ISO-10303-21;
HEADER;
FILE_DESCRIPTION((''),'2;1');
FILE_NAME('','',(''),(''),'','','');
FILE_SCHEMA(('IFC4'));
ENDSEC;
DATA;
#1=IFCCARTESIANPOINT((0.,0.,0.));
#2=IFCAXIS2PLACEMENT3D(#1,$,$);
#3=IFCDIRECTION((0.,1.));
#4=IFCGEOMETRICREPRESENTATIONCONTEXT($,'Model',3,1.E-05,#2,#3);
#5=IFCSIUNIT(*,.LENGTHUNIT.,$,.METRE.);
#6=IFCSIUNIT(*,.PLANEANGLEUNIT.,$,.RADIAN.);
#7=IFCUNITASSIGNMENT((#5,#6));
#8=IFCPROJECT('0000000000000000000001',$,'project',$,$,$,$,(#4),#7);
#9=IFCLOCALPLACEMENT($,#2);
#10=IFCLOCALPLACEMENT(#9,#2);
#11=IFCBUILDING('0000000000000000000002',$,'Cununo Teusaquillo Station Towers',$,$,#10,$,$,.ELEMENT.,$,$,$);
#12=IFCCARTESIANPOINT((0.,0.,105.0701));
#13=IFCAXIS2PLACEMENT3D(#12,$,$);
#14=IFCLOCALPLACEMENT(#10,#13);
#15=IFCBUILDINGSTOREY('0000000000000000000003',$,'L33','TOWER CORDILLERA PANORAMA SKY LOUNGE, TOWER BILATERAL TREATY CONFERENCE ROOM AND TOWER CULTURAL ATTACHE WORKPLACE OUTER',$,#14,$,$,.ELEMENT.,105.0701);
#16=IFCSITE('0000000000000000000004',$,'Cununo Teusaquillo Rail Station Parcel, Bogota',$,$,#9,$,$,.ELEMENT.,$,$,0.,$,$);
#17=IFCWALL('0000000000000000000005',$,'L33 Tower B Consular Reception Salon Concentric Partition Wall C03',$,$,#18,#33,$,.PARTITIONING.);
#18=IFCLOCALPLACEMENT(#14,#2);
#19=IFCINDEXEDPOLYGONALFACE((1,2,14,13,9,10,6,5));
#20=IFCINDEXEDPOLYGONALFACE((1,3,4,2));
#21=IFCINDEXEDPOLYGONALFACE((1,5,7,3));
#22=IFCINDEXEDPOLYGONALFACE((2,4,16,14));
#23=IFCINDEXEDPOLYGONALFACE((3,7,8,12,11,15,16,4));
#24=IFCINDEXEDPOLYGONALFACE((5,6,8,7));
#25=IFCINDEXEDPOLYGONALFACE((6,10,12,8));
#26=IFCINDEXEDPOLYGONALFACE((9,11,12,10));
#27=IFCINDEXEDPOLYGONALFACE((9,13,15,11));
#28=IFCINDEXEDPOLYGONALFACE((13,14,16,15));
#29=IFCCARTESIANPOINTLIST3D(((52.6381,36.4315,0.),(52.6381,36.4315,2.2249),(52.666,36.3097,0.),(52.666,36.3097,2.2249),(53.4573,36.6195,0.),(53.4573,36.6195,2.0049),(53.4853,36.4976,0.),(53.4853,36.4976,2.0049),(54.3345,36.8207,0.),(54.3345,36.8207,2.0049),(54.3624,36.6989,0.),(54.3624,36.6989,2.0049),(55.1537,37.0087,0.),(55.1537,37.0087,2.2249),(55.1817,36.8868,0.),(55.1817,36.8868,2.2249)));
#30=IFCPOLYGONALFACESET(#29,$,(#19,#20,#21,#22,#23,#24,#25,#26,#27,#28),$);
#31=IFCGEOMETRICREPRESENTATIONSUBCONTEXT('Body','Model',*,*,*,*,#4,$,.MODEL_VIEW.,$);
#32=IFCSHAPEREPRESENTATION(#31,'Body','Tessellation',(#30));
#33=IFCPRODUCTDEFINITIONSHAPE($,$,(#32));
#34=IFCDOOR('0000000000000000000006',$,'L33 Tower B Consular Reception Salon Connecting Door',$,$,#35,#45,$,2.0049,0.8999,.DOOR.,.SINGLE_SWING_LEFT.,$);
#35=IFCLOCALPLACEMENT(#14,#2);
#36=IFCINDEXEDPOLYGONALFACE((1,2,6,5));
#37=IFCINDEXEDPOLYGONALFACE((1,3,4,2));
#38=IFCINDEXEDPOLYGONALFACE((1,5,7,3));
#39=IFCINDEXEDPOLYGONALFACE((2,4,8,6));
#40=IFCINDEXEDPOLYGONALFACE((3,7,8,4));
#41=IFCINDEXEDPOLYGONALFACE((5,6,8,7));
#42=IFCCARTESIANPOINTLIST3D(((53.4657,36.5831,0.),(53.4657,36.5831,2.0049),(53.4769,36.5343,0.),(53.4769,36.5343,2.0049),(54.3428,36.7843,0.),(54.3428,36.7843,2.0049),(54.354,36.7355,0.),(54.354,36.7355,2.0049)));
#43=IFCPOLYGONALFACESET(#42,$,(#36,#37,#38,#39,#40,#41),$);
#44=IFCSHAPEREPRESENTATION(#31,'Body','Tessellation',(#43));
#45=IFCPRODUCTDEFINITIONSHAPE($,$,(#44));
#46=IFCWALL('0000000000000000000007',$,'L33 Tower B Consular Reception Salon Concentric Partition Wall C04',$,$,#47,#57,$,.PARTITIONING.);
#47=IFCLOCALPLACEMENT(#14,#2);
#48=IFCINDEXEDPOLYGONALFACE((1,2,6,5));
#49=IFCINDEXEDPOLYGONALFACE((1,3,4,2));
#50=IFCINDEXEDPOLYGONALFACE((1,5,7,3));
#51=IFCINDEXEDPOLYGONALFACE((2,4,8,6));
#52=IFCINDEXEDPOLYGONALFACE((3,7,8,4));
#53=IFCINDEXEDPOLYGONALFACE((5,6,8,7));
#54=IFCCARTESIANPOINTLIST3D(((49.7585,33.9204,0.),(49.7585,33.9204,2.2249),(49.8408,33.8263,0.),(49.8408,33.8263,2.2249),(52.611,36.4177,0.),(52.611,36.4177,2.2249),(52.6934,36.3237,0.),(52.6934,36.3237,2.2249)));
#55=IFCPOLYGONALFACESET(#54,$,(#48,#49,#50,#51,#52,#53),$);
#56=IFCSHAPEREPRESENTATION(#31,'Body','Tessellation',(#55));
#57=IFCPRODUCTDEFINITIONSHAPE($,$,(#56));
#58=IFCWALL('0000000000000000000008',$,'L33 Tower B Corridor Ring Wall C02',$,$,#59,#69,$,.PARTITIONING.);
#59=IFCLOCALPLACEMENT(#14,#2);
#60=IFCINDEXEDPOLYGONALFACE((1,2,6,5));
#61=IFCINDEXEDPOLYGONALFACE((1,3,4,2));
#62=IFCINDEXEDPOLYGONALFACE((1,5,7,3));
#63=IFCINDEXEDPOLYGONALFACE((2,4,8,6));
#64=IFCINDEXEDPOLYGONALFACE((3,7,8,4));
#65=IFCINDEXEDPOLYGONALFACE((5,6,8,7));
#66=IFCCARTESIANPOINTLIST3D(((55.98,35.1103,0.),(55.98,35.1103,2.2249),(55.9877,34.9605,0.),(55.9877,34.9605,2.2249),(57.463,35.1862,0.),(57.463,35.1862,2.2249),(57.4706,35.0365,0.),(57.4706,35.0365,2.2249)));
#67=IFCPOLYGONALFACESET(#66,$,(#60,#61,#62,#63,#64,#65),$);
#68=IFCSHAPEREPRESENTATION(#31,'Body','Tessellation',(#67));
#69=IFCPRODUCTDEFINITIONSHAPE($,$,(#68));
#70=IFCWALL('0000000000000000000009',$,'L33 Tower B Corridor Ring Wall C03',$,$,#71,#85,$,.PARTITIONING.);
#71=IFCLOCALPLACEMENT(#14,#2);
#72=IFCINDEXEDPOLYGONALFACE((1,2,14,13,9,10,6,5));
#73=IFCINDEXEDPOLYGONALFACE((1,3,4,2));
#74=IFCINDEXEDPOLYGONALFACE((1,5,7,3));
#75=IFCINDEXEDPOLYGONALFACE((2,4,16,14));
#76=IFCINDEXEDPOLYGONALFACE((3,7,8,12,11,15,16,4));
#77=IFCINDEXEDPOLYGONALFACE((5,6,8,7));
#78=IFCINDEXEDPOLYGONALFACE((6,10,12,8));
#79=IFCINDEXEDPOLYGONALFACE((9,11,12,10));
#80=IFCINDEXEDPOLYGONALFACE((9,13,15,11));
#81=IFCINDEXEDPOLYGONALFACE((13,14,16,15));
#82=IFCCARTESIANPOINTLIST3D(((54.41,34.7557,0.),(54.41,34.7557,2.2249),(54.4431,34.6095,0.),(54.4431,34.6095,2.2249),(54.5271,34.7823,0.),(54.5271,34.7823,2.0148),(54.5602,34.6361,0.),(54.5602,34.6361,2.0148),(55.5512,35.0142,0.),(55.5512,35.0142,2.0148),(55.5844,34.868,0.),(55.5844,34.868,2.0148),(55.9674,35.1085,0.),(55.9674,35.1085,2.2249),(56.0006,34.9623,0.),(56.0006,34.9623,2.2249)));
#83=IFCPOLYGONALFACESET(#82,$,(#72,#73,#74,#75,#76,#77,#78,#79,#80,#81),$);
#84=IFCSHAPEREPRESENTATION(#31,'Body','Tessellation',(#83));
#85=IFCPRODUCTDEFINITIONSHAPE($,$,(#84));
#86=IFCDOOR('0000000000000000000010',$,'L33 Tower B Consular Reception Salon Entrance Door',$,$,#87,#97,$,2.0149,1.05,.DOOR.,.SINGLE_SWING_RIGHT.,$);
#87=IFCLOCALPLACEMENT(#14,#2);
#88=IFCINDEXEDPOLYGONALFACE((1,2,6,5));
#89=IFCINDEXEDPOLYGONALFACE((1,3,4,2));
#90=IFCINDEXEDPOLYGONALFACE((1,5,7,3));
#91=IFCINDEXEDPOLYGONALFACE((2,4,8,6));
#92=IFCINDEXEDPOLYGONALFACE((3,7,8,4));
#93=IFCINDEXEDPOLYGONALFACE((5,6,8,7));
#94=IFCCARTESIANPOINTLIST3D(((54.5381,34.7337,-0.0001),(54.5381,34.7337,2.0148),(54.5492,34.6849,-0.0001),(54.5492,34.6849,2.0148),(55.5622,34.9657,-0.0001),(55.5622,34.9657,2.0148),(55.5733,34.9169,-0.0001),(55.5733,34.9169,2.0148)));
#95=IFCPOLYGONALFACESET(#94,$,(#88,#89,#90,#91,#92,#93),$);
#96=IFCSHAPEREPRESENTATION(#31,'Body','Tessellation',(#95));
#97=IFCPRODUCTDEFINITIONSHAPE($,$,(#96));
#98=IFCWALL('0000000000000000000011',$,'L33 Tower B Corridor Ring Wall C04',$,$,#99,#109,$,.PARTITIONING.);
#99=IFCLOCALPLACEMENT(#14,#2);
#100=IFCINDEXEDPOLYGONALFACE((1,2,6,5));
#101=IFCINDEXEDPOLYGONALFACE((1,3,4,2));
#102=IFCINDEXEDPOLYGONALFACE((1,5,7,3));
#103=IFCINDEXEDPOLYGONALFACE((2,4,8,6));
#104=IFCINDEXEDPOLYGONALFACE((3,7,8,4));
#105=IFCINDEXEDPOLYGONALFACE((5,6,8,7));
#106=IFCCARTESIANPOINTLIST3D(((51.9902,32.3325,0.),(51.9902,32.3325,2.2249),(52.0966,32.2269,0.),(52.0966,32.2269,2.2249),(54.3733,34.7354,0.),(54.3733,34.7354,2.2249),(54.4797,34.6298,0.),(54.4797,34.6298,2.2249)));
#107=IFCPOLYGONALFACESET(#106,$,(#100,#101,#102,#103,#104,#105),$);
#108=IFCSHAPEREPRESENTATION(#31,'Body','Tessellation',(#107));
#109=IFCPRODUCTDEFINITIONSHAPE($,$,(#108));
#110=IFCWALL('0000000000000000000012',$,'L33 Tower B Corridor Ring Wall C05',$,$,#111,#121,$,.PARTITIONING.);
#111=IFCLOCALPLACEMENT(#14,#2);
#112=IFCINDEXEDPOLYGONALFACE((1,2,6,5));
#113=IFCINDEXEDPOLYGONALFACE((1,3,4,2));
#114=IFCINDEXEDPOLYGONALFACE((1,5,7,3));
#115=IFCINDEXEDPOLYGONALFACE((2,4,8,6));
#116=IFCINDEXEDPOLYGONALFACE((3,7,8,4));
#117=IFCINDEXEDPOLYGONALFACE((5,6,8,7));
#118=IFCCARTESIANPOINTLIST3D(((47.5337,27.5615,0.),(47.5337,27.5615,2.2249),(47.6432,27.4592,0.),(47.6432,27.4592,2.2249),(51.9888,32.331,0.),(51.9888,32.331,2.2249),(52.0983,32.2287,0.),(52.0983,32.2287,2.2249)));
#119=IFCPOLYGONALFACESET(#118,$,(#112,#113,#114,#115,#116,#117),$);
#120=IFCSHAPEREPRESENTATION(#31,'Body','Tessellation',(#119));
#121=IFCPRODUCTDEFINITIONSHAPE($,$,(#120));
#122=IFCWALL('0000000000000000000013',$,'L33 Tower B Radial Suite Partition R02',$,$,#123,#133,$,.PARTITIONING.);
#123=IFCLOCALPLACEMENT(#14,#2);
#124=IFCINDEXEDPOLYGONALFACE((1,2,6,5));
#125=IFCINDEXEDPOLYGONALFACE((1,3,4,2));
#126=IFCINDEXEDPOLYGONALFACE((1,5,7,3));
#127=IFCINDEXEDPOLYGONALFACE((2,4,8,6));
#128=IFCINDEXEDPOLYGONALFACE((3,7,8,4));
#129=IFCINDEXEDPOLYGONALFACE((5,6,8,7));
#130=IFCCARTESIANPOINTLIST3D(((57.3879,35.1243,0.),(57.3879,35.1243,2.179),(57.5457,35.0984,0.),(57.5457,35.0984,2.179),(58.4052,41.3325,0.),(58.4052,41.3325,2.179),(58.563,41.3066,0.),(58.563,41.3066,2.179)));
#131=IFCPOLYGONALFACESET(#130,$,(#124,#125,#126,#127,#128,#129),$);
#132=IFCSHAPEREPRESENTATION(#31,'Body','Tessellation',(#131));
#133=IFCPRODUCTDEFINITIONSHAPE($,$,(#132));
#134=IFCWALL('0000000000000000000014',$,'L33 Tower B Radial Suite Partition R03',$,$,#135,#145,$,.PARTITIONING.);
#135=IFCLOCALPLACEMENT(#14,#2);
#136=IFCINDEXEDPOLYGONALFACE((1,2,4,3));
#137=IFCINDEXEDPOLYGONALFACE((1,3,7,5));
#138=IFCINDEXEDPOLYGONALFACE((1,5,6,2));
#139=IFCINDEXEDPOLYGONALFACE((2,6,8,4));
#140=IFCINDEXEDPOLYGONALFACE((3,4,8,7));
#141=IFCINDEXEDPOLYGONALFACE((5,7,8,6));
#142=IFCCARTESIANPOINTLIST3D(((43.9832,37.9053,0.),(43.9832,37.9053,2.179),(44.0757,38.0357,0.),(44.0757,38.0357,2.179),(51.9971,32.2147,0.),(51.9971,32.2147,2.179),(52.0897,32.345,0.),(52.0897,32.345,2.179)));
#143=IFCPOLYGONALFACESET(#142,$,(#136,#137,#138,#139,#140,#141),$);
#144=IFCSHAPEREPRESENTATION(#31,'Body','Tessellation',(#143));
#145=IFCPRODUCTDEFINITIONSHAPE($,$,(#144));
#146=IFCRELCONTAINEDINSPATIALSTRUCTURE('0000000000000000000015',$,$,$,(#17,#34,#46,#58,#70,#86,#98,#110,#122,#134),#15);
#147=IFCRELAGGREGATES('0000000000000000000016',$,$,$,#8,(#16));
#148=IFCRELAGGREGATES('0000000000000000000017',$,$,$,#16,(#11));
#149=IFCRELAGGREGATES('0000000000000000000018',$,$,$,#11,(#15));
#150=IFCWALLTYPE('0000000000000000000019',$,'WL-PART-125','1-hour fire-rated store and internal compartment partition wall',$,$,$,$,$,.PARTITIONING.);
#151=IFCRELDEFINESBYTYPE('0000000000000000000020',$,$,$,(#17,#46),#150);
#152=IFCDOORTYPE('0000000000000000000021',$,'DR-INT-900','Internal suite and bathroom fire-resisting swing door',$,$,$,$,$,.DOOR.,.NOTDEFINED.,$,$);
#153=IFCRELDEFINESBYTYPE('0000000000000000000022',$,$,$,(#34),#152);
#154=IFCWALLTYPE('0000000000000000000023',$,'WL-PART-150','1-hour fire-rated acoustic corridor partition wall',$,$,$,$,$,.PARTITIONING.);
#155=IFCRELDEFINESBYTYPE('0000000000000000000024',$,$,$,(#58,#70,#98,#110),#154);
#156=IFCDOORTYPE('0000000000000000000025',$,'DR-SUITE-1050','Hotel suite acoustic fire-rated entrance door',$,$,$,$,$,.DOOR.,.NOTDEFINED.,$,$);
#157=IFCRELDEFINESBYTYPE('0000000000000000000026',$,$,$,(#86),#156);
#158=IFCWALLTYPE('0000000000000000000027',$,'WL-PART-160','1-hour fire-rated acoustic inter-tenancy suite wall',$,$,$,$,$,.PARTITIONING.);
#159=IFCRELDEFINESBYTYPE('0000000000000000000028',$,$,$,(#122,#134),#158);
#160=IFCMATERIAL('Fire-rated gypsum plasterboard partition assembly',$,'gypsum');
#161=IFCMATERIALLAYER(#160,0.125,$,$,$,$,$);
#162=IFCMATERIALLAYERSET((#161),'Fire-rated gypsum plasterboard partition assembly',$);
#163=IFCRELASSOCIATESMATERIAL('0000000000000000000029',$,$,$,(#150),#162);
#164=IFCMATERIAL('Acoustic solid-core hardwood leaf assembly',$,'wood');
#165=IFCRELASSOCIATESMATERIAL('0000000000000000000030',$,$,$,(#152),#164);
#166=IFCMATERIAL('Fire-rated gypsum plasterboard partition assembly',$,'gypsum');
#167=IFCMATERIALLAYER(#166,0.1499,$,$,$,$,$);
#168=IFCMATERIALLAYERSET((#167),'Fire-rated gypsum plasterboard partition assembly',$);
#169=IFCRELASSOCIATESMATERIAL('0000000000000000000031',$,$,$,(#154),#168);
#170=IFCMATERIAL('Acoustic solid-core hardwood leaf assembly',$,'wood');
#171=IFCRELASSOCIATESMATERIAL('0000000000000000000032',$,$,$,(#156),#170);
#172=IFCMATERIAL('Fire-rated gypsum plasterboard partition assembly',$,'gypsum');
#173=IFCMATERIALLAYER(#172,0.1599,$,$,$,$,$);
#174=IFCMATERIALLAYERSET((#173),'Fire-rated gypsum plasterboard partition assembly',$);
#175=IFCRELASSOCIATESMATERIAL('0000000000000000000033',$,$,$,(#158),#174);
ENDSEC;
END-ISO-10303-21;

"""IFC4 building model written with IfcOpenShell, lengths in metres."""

from ifc_helpers import new_model, si_unit, direction, frame, frame_2d, origin, place, context, subcontext, project, spatial, rectangle, extrude, source, transform, mapped, material, layer, layer_set, type_object, element, fill, save


model = new_model("IFC4")

# Units and contexts
model_context = context("Model", 3, precision=1e-05, world=origin(), true_north=direction((0.0, 1.0)))
body_context = subcontext(model_context, "Body", "Model", "MODEL_VIEW")
ifc_project = project(units=[si_unit("LENGTHUNIT", "METRE"), si_unit("PLANEANGLEUNIT", "RADIAN")], contexts=[model_context])

# Site, building, storey
site_placement = place(None, origin())
site = spatial("IfcSite", under=ifc_project, at=site_placement, Name="Cununo Teusaquillo Rail Station Parcel, Bogota", CompositionType="ELEMENT", RefElevation=0.0)
building_placement = place(site_placement, origin())
building = spatial("IfcBuilding", under=site, at=building_placement, Name="Cununo Teusaquillo Station Towers", CompositionType="ELEMENT")
storey_placement = place(building_placement, frame((0.0, 0.0, 105.0701)))
storey = spatial("IfcBuildingStorey", under=building, at=storey_placement, Name="L33", Description="TOWER CORDILLERA PANORAMA SKY LOUNGE, TOWER BILATERAL TREATY CONFERENCE ROOM AND TOWER CULTURAL ATTACHE WORKPLACE OUTER", CompositionType="ELEMENT", Elevation=105.0701)

# Shared definitions
ifc_material_1 = material(Name="Fire-rated gypsum plasterboard partition assembly", Category="gypsum")
ifc_layer_1 = layer(ifc_material_1, 0.125)
ifc_layer_set_1 = layer_set([ifc_layer_1], Name="Fire-rated gypsum plasterboard partition assembly")
wall_type_1 = type_object("IfcWallType", Name="WL-PART-125", Description="1-hour fire-rated store and internal compartment partition wall", PredefinedType="PARTITIONING", material=ifc_layer_set_1)
shared_shape_1 = source(origin(), body_context, "Body", "SweptSolid", [
    extrude(rectangle(XDim=0.8999, YDim=2.0049, at=frame_2d((0.45, 1.0024))), frame((0.0, 0.0725, 0.0), z_axis=(0.0, -1.0, 0.0), x_axis=(1.0, 0.0, 0.0)), (0.0, 0.0, 1.0), 0.145),
])
shared_shape_2 = source(origin(), body_context, "Body", "SweptSolid", [
    extrude(rectangle(XDim=0.8999, YDim=2.0049, at=frame_2d((0.45, 1.0024))), frame((0.0, 0.0249, 0.0), z_axis=(0.0, -1.0, 0.0), x_axis=(1.0, 0.0, 0.0)), (0.0, 0.0, 1.0), 0.05),
])

# Wall, opening, door
wall_1_placement = place(storey_placement, frame((55.1677, 36.9478, 0.0), z_axis=(0.0, 0.0, 1.0), x_axis=(-0.974677, -0.223616, 0.0)))
wall_1 = element("IfcWall", 1, at=wall_1_placement, inside=storey, type_object=wall_type_1, Name="L33 Tower B Consular Reception Salon Concentric Partition Wall C03", PredefinedType="PARTITIONING", context=body_context, shape_type="SweptSolid", body=[
    extrude(rectangle(XDim=2.5811, YDim=0.125, at=frame_2d((1.2905, 0.0))), origin(), (0.0, 0.0, 1.0), 2.2249),
])
opening_1_placement = place(wall_1_placement, frame((0.8406, 0.0, 0.0)))
opening_1 = element("IfcOpeningElement", 2, at=opening_1_placement, cuts=wall_1, PredefinedType="OPENING", context=body_context, shape_type="MappedRepresentation", body=[
    mapped(shared_shape_1, transform((0.0, 0.0, 0.0), x_axis=(1.0, 0.0, 0.0), y_axis=(0.0, 1.0, 0.0), z_axis=(0.0, 0.0, 1.0), scale=1.0)),
])
ifc_material_2 = material(Name="Acoustic solid-core hardwood leaf assembly", Category="wood")
door_type_1 = type_object("IfcDoorType", Name="DR-INT-900", Description="Internal suite and bathroom fire-resisting swing door", OperationType="NOTDEFINED", PredefinedType="DOOR", material=ifc_material_2)
door_1_placement = place(opening_1_placement, origin())
door_1 = element("IfcDoor", 3, at=door_1_placement, inside=storey, type_object=door_type_1, Name="L33 Tower B Consular Reception Salon Connecting Door", OperationType="SINGLE_SWING_LEFT", OverallHeight=2.0049, OverallWidth=0.8999, PredefinedType="DOOR", context=body_context, shape_type="MappedRepresentation", body=[
    mapped(shared_shape_2, transform((0.0, 0.0, 0.0), x_axis=(1.0, 0.0, 0.0), y_axis=(0.0, 1.0, 0.0), z_axis=(0.0, 0.0, 1.0), scale=1.0)),
])
fill(opening_1, door_1)

# Walls
wall_2_placement = place(storey_placement, frame((52.6521, 36.3706, 0.0), z_axis=(0.0, 0.0, 1.0), x_axis=(-0.752401, -0.658705, 0.0)))
element("IfcWall", 4, at=wall_2_placement, inside=storey, type_object=wall_type_1, Name="L33 Tower B Consular Reception Salon Concentric Partition Wall C04", PredefinedType="PARTITIONING", context=body_context, shape_type="SweptSolid", body=[
    extrude(rectangle(XDim=3.7913, YDim=0.125, at=frame_2d((1.8955, 0.0))), origin(), (0.0, 0.0, 1.0), 2.2249),
])
ifc_material_3 = material(Name="Fire-rated gypsum plasterboard partition assembly", Category="gypsum")
ifc_layer_2 = layer(ifc_material_3, 0.1499)
ifc_layer_set_2 = layer_set([ifc_layer_2], Name="Fire-rated gypsum plasterboard partition assembly")
wall_type_2 = type_object("IfcWallType", Name="WL-PART-150", Description="1-hour fire-rated acoustic corridor partition wall", PredefinedType="PARTITIONING", material=ifc_layer_set_2)
wall_3_placement = place(storey_placement, frame((57.4668, 35.1113, 0.0), z_axis=(0.0, 0.0, 1.0), x_axis=(-0.998692, -0.051135, 0.0)))
element("IfcWall", 5, at=wall_3_placement, inside=storey, type_object=wall_type_2, Name="L33 Tower B Corridor Ring Wall C02", PredefinedType="PARTITIONING", context=body_context, shape_type="SweptSolid", body=[
    extrude(rectangle(XDim=1.4849, YDim=0.1499, at=frame_2d((0.7424, 0.0))), origin(), (0.0, 0.0, 1.0), 2.2249),
])

# Wall, opening, door
wall_4_placement = place(storey_placement, frame((55.9839, 35.0354, 0.0), z_axis=(0.0, 0.0, 1.0), x_axis=(-0.97529, -0.220927, 0.0)))
wall_4 = element("IfcWall", 6, at=wall_4_placement, inside=storey, type_object=wall_type_2, Name="L33 Tower B Corridor Ring Wall C03", PredefinedType="PARTITIONING", context=body_context, shape_type="SweptSolid", body=[
    extrude(rectangle(XDim=1.5969, YDim=0.1499, at=frame_2d((0.7983, 0.0))), origin(), (0.0, 0.0, 1.0), 2.2249),
])
shared_shape_3 = source(origin(), body_context, "Body", "SweptSolid", [
    extrude(rectangle(XDim=1.05, YDim=2.0149, at=frame_2d((0.5249, 1.0073))), frame((0.0, 0.085, 0.0), z_axis=(0.0, -1.0, 0.0), x_axis=(1.0, 0.0, 0.0)), (0.0, 0.0, 1.0), 0.1699),
])
opening_2_placement = place(wall_4_placement, frame((0.4268, 0.0, 0.0)))
opening_2 = element("IfcOpeningElement", 7, at=opening_2_placement, cuts=wall_4, PredefinedType="OPENING", context=body_context, shape_type="MappedRepresentation", body=[
    mapped(shared_shape_3, transform((0.0, 0.0, 0.0), x_axis=(1.0, 0.0, 0.0), y_axis=(0.0, 1.0, 0.0), z_axis=(0.0, 0.0, 1.0), scale=1.0)),
])
ifc_material_4 = material(Name="Acoustic solid-core hardwood leaf assembly", Category="wood")
door_type_2 = type_object("IfcDoorType", Name="DR-SUITE-1050", Description="Hotel suite acoustic fire-rated entrance door", OperationType="NOTDEFINED", PredefinedType="DOOR", material=ifc_material_4)
shared_shape_4 = source(origin(), body_context, "Body", "SweptSolid", [
    extrude(rectangle(XDim=1.05, YDim=2.0149, at=frame_2d((0.5249, 1.0073))), frame((0.0, 0.0249, 0.0), z_axis=(0.0, -1.0, 0.0), x_axis=(1.0, 0.0, 0.0)), (0.0, 0.0, 1.0), 0.05),
])
door_2_placement = place(opening_2_placement, origin())
door_2 = element("IfcDoor", 8, at=door_2_placement, inside=storey, type_object=door_type_2, Name="L33 Tower B Consular Reception Salon Entrance Door", OperationType="SINGLE_SWING_RIGHT", OverallHeight=2.0149, OverallWidth=1.05, PredefinedType="DOOR", context=body_context, shape_type="MappedRepresentation", body=[
    mapped(shared_shape_4, transform((0.0, 0.0, 0.0), x_axis=(1.0, 0.0, 0.0), y_axis=(0.0, 1.0, 0.0), z_axis=(0.0, 0.0, 1.0), scale=1.0)),
])
fill(opening_2, door_2)

# Walls
wall_5_placement = place(storey_placement, frame((54.4265, 34.6826, 0.0), z_axis=(0.0, 0.0, 1.0), x_axis=(-0.704179, -0.710022, 0.0)))
element("IfcWall", 9, at=wall_5_placement, inside=storey, type_object=wall_type_2, Name="L33 Tower B Corridor Ring Wall C04", PredefinedType="PARTITIONING", context=body_context, shape_type="SweptSolid", body=[
    extrude(rectangle(XDim=3.3843, YDim=0.1499, at=frame_2d((1.6921, 0.0))), origin(), (0.0, 0.0, 1.0), 2.2249),
])
wall_6_placement = place(storey_placement, frame((52.0435, 32.2798, 0.0), z_axis=(0.0, 0.0, 1.0), x_axis=(-0.682606, -0.730787, 0.0)))
element("IfcWall", 10, at=wall_6_placement, inside=storey, type_object=wall_type_2, Name="L33 Tower B Corridor Ring Wall C05", PredefinedType="PARTITIONING", context=body_context, shape_type="SweptSolid", body=[
    extrude(rectangle(XDim=6.5266, YDim=0.1499, at=frame_2d((3.2632, 0.0))), origin(), (0.0, 0.0, 1.0), 2.2249),
])
ifc_material_5 = material(Name="Fire-rated gypsum plasterboard partition assembly", Category="gypsum")
ifc_layer_3 = layer(ifc_material_5, 0.1599)
ifc_layer_set_3 = layer_set([ifc_layer_3], Name="Fire-rated gypsum plasterboard partition assembly")
wall_type_3 = type_object("IfcWallType", Name="WL-PART-160", Description="1-hour fire-rated acoustic inter-tenancy suite wall", PredefinedType="PARTITIONING", material=ifc_layer_set_3)
wall_7_placement = place(storey_placement, frame((57.4668, 35.1113, 0.0), z_axis=(0.0, 0.0, 1.0), x_axis=(0.161711, 0.986838, 0.0)))
element("IfcWall", 11, at=wall_7_placement, inside=storey, type_object=wall_type_3, Name="L33 Tower B Radial Suite Partition R02", PredefinedType="PARTITIONING", context=body_context, shape_type="SweptSolid", body=[
    extrude(rectangle(XDim=6.291, YDim=0.1599, at=frame_2d((3.1455, 0.0))), origin(), (0.0, 0.0, 1.0), 2.179),
])
wall_8_placement = place(storey_placement, frame((52.0435, 32.2798, 0.0), z_axis=(0.0, 0.0, 1.0), x_axis=(-0.815345, 0.578976, 0.0)))
element("IfcWall", 12, at=wall_8_placement, inside=storey, type_object=wall_type_3, Name="L33 Tower B Radial Suite Partition R03", PredefinedType="PARTITIONING", context=body_context, shape_type="SweptSolid", body=[
    extrude(rectangle(XDim=9.8289, YDim=0.1599, at=frame_2d((4.9146, 0.0))), origin(), (0.0, 0.0, 1.0), 2.179),
])

save(model, "model.ifc")
